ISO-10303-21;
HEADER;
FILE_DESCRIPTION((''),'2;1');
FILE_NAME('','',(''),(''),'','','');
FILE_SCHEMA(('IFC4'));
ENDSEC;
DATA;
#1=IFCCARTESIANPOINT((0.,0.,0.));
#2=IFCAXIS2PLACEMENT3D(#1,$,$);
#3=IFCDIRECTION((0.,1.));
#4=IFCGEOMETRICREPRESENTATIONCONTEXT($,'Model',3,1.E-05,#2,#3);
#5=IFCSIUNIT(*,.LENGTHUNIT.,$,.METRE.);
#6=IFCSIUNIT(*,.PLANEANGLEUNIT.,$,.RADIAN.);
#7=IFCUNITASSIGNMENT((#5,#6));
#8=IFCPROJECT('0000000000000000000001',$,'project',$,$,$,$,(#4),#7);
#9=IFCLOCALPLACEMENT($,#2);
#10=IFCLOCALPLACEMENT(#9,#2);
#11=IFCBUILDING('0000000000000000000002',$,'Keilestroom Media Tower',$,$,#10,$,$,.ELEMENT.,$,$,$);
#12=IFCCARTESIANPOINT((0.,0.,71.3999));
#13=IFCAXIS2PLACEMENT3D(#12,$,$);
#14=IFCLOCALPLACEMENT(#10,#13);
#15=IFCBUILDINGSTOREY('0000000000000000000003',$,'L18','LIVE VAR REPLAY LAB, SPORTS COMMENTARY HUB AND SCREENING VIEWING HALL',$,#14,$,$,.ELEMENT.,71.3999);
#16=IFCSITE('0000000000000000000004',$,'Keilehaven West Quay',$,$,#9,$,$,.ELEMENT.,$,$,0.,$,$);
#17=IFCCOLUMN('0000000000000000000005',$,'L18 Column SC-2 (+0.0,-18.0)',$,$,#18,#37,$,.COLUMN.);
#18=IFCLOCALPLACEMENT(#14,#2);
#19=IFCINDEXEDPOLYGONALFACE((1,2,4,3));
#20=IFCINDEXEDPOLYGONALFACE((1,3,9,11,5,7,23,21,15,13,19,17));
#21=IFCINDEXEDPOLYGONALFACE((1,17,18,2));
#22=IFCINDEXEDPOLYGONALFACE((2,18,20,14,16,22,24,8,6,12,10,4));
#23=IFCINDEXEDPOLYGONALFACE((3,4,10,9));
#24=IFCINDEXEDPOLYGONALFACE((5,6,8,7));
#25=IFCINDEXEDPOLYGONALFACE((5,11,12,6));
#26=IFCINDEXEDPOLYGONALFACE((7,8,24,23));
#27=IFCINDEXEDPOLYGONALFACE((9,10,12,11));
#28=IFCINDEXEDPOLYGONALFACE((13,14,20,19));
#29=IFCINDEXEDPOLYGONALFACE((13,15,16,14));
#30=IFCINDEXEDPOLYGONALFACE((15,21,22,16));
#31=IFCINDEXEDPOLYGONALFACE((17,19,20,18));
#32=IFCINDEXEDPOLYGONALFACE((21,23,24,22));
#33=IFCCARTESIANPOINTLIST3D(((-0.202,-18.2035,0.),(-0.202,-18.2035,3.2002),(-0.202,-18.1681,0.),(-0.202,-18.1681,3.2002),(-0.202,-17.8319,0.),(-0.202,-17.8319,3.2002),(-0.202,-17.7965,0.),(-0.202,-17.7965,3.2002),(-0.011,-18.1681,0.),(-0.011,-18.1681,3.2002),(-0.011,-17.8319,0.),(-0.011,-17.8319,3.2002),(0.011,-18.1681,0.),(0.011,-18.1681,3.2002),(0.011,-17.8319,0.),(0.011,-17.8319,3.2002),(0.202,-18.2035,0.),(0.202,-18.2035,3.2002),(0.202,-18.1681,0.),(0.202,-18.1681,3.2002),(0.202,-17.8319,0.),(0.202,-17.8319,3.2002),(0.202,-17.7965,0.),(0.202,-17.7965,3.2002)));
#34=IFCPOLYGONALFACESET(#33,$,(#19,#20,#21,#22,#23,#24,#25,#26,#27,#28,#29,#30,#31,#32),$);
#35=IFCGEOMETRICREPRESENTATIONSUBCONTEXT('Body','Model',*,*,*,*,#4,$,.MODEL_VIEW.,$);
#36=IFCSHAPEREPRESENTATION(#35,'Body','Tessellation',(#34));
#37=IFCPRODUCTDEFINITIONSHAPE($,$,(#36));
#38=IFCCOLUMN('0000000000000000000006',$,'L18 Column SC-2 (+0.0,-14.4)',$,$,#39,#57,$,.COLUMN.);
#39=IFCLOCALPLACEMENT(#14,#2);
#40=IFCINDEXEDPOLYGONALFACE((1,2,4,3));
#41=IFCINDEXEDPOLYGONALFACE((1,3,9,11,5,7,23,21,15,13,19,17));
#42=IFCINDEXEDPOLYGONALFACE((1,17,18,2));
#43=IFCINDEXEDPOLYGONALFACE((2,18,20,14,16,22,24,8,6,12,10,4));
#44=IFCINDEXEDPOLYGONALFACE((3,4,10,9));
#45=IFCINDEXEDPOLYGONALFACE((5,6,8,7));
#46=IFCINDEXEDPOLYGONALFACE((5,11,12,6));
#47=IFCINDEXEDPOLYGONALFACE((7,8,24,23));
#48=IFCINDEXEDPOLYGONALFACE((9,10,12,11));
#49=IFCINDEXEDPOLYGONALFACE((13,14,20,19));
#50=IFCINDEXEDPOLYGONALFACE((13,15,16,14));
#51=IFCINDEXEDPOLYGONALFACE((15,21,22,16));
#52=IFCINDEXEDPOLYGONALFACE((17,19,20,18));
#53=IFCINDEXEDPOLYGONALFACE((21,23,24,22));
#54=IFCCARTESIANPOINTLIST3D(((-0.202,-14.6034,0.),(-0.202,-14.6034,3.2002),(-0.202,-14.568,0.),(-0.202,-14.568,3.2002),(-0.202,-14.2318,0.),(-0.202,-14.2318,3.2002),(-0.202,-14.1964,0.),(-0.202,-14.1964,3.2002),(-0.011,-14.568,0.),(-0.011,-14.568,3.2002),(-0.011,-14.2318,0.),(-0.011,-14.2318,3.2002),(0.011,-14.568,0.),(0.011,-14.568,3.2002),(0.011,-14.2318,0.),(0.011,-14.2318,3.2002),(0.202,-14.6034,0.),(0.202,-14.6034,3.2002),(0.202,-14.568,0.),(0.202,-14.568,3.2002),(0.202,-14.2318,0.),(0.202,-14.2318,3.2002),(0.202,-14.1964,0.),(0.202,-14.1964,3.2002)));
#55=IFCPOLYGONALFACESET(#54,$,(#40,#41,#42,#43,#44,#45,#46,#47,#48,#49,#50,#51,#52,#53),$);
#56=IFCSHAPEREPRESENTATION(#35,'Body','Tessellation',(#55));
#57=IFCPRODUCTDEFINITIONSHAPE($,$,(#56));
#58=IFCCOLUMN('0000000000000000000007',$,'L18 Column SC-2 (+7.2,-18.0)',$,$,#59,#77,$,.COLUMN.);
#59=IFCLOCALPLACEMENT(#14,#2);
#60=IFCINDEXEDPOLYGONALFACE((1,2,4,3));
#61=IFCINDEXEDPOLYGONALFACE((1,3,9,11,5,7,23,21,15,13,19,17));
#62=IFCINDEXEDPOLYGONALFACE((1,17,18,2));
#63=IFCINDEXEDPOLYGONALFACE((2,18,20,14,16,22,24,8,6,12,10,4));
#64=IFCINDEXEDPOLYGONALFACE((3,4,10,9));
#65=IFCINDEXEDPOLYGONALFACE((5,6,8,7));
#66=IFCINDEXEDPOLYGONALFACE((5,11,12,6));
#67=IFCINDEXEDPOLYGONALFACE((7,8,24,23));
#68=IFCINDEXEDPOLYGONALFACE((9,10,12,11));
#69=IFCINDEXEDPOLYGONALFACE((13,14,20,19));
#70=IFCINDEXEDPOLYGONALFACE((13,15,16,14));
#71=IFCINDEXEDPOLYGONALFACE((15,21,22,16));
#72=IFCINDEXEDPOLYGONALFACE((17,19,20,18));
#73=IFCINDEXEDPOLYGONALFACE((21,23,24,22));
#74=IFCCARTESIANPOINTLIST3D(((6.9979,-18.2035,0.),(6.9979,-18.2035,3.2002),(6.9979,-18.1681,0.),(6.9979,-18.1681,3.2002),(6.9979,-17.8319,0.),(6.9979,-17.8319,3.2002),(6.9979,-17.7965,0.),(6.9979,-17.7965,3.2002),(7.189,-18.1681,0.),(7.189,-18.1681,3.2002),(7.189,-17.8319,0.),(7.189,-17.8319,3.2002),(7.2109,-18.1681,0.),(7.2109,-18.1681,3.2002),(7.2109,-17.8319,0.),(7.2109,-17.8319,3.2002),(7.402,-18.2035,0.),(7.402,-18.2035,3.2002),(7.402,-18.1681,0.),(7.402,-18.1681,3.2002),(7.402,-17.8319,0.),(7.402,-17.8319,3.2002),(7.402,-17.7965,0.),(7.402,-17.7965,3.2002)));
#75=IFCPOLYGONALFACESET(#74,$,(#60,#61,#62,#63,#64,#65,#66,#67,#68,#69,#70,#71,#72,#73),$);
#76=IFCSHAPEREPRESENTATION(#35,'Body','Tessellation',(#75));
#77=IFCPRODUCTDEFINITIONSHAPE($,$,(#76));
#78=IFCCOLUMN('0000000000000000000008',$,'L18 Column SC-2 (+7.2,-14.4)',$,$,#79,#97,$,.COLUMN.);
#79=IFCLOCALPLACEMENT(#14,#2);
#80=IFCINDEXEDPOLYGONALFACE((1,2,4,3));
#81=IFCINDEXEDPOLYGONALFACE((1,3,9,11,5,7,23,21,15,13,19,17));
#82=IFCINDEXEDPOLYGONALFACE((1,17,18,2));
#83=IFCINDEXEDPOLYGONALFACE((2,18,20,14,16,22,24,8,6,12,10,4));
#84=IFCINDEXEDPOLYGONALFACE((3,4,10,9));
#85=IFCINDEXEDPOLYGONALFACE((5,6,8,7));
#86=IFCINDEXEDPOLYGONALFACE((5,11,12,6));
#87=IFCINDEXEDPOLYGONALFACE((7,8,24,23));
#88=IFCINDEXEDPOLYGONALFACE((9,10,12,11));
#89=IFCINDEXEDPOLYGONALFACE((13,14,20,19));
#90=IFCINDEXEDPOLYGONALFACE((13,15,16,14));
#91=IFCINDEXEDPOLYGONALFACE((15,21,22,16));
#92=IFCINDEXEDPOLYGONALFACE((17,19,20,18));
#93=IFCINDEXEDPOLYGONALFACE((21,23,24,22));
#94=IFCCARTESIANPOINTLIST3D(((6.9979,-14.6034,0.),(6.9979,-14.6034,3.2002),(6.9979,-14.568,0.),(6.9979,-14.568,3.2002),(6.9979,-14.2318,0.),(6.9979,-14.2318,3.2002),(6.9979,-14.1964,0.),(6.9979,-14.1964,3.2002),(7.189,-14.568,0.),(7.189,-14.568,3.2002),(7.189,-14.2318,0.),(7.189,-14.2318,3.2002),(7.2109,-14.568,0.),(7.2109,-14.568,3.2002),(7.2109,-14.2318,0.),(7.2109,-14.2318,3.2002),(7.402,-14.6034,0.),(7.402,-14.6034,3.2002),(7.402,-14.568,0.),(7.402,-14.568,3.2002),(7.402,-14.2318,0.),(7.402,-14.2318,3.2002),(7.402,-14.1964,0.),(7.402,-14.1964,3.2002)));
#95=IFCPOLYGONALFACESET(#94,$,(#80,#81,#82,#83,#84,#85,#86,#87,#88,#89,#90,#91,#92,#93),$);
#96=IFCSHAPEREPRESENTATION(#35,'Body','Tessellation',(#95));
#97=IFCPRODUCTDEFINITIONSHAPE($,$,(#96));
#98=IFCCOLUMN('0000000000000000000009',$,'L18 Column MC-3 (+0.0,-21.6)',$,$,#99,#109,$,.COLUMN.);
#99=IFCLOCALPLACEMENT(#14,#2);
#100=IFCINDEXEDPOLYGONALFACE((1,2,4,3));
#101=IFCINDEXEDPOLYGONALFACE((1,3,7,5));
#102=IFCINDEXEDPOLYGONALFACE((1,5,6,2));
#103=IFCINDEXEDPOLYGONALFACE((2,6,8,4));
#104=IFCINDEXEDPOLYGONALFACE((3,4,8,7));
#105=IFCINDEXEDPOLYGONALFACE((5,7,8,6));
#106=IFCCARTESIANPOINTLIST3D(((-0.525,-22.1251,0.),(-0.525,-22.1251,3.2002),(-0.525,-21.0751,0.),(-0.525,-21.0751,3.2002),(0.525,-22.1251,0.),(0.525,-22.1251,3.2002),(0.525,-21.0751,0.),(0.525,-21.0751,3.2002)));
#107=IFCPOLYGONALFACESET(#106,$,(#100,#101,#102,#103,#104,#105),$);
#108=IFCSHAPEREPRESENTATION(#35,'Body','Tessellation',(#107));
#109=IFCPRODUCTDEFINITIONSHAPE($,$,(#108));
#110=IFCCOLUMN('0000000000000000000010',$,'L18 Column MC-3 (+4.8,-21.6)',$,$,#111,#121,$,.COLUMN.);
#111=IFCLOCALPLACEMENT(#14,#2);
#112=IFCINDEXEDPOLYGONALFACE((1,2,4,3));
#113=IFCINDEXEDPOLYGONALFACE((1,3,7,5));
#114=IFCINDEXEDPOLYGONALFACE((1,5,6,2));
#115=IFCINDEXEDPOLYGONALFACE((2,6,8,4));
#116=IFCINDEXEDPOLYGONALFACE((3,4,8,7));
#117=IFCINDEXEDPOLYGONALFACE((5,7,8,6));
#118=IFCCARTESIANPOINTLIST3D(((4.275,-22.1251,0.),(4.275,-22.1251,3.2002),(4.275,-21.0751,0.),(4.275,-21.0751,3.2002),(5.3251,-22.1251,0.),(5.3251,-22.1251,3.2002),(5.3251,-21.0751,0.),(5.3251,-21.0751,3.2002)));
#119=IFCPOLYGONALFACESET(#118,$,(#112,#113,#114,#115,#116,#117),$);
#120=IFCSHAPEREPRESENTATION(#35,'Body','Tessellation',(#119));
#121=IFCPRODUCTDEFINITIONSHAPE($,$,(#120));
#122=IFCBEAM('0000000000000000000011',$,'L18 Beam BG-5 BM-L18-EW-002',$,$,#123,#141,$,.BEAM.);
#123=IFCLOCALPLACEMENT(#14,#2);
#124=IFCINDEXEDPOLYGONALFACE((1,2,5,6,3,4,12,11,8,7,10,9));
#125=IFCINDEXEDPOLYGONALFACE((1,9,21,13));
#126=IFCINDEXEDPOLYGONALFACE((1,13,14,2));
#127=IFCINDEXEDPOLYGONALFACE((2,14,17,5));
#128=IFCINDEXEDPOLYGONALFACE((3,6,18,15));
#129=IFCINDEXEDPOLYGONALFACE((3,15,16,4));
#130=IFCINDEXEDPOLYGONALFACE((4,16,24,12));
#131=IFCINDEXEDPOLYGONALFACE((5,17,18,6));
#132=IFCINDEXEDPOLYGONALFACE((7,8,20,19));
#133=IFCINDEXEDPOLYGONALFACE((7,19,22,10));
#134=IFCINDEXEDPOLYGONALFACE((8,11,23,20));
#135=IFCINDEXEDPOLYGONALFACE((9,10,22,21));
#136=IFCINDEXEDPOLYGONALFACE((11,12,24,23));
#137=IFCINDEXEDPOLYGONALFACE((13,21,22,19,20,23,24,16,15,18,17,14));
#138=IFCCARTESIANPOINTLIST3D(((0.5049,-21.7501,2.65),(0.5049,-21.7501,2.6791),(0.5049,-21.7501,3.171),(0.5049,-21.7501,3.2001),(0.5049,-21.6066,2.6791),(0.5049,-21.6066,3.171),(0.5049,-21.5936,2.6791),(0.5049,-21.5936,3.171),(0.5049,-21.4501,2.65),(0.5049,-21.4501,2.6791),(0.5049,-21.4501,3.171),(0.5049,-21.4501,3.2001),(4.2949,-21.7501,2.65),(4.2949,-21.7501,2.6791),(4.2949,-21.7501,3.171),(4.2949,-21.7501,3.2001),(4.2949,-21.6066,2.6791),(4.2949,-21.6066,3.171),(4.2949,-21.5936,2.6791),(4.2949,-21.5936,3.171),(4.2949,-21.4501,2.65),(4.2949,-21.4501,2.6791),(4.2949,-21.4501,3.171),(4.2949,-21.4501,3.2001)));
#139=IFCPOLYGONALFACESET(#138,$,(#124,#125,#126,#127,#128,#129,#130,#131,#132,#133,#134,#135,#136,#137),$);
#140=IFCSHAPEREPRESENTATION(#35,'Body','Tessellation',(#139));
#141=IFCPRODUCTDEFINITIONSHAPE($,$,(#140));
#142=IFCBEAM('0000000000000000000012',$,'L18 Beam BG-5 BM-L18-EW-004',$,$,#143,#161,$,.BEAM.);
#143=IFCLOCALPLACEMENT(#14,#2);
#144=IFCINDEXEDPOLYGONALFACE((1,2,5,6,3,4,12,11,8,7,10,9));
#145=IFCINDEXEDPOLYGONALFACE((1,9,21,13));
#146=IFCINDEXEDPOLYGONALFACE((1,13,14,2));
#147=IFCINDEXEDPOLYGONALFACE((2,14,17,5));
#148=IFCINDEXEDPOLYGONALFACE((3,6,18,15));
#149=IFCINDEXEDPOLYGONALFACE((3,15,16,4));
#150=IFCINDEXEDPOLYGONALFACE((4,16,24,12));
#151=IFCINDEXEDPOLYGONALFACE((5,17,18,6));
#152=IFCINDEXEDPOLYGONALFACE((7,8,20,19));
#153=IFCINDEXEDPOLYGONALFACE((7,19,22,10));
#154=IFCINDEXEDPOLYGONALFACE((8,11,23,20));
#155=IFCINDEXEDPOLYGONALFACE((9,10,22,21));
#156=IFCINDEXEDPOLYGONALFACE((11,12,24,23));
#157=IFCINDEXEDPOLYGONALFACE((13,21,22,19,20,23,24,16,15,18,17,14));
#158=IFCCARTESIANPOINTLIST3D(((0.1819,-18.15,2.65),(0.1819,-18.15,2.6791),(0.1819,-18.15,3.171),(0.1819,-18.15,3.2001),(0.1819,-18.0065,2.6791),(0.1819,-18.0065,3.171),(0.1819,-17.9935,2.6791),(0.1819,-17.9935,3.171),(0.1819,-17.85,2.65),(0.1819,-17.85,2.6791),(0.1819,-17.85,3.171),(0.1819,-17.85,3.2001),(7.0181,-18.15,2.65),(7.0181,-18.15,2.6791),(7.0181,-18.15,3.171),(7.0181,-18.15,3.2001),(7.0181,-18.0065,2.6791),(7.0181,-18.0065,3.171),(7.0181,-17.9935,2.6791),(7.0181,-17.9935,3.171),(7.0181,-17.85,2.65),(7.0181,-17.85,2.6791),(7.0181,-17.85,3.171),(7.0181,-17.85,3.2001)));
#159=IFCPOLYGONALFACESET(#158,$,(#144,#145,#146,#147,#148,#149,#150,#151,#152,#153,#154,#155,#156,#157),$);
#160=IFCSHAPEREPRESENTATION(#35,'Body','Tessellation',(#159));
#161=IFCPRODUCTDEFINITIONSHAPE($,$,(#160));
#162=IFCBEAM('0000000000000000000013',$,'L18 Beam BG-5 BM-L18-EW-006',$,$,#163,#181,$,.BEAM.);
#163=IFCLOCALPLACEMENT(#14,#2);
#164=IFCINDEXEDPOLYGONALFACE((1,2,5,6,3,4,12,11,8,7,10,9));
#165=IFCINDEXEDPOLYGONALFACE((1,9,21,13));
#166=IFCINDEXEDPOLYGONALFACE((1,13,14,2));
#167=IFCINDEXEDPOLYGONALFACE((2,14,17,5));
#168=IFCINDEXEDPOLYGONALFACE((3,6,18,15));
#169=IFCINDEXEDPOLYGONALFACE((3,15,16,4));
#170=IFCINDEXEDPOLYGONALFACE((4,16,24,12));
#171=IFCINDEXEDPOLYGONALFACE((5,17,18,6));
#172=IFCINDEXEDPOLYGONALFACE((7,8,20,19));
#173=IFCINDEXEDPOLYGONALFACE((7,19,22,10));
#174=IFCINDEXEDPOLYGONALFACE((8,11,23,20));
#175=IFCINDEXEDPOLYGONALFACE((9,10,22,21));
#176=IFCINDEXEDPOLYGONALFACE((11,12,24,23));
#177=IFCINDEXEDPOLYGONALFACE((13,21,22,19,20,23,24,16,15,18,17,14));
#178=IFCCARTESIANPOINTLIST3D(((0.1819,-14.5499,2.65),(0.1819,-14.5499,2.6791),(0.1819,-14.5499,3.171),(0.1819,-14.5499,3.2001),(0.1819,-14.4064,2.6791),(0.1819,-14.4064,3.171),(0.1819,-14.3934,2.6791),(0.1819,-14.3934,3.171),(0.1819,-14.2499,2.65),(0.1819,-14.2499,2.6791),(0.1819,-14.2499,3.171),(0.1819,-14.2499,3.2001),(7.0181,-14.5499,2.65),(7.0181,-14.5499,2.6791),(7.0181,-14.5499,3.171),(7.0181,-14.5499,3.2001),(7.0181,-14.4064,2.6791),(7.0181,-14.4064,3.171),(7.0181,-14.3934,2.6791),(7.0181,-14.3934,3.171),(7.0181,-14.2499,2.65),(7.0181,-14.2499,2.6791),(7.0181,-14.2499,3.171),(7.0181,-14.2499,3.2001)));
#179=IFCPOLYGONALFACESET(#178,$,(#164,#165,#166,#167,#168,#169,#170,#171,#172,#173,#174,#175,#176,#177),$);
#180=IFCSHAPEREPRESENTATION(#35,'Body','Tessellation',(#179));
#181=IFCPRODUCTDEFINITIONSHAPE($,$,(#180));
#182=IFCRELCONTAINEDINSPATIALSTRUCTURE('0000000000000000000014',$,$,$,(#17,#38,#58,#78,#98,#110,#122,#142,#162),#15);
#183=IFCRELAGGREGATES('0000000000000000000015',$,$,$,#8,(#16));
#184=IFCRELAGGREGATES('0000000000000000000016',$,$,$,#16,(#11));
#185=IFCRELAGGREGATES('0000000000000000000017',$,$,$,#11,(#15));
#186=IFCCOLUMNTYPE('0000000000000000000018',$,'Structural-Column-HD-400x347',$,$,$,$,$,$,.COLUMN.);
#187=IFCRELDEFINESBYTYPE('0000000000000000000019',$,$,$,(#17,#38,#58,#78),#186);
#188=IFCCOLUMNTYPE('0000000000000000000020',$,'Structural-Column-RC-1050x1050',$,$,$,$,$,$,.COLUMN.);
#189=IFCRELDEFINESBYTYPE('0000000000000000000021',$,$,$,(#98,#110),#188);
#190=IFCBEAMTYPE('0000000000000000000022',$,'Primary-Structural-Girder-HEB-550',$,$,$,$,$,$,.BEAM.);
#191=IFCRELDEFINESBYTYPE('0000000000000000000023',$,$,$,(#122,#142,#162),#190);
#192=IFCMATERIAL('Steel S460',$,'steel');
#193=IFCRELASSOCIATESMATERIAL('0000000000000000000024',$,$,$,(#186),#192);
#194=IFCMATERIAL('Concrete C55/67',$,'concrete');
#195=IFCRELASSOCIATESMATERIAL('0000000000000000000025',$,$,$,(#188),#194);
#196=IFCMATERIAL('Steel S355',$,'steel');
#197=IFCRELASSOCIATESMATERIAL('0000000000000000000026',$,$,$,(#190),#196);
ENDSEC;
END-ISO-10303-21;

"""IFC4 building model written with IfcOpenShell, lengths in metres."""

from ifc_helpers import new_model, si_unit, direction, frame, origin, origin_2d, place, context, subcontext, project, spatial, rectangle, i_section, extrude, source, transform, mapped, material, material_profile, profile_set, type_object, element, save


model = new_model("IFC4")

# Units and contexts
model_context = context("Model", 3, precision=1e-05, world=origin(), true_north=direction((0.0, 1.0)))
body_context = subcontext(model_context, "Body", "Model", "MODEL_VIEW")
ifc_project = project(units=[si_unit("LENGTHUNIT", "METRE"), si_unit("PLANEANGLEUNIT", "RADIAN")], contexts=[model_context])

# Site, building, storey
site_placement = place(None, origin())
site = spatial("IfcSite", under=ifc_project, at=site_placement, Name="Keilehaven West Quay", CompositionType="ELEMENT", RefElevation=0.0)
building_placement = place(site_placement, origin())
building = spatial("IfcBuilding", under=site, at=building_placement, Name="Keilestroom Media Tower", CompositionType="ELEMENT")
storey_placement = place(building_placement, frame((0.0, 0.0, 71.3999)))
storey = spatial("IfcBuildingStorey", under=building, at=storey_placement, Name="L18", Description="LIVE VAR REPLAY LAB, SPORTS COMMENTARY HUB AND SCREENING VIEWING HALL", CompositionType="ELEMENT", Elevation=71.3999)

# Columns
ifc_material_1 = material(Name="Steel S460", Category="steel")
ifc_material_profile_1 = material_profile(ifc_material_1, i_section(OverallWidth=0.4041, OverallDepth=0.407, WebThickness=0.022, FlangeThickness=0.0354, at=origin_2d()), Name="HD 400x347")
ifc_profile_set_1 = profile_set([ifc_material_profile_1], Name="Steel S460")
column_type_1 = type_object("IfcColumnType", Name="Structural-Column-HD-400x347", PredefinedType="COLUMN", material=ifc_profile_set_1)
shared_shape_1 = source(origin(), body_context, "Body", "SweptSolid", [
    extrude(i_section(OverallWidth=0.4041, OverallDepth=0.407, WebThickness=0.022, FlangeThickness=0.0354, at=origin_2d()), origin(), (0.0, 0.0, 1.0), 3.2002),
])
for number, where, z_axis, x_axis, name in (
    (1, (0.0, -18.0, 0.0), (0.0, 0.0, 1.0), (1.0, 0.0, 0.0), "L18 Column SC-2 (+0.0,-18.0)"),
    (2, (0.0, -14.3999, 0.0), (0.0, 0.0, 1.0), (1.0, 0.0, 0.0), "L18 Column SC-2 (+0.0,-14.4)"),
    (3, (7.2, -18.0, 0.0), (0.0, 0.0, 1.0), (1.0, 0.0, 0.0), "L18 Column SC-2 (+7.2,-18.0)"),
    (4, (7.2, -14.3999, 0.0), (0.0, 0.0, 1.0), (1.0, 0.0, 0.0), "L18 Column SC-2 (+7.2,-14.4)"),
):
    element("IfcColumn", number, at=place(storey_placement, frame(where, z_axis=z_axis, x_axis=x_axis)), inside=storey, type_object=column_type_1, Name=name, PredefinedType="COLUMN", context=body_context, shape_type="MappedRepresentation", body=[
        mapped(shared_shape_1, transform((0.0, 0.0, 0.0), x_axis=(1.0, 0.0, 0.0), y_axis=(0.0, 1.0, 0.0), z_axis=(0.0, 0.0, 1.0), scale=1.0)),
    ])
ifc_material_2 = material(Name="Concrete C55/67", Category="concrete")
ifc_material_profile_2 = material_profile(ifc_material_2, rectangle(XDim=1.05, YDim=1.05, at=origin_2d()), Name="RC 1050x1050")
ifc_profile_set_2 = profile_set([ifc_material_profile_2], Name="Concrete C55/67")
column_type_2 = type_object("IfcColumnType", Name="Structural-Column-RC-1050x1050", PredefinedType="COLUMN", material=ifc_profile_set_2)
shared_shape_2 = source(origin(), body_context, "Body", "SweptSolid", [
    extrude(rectangle(XDim=1.05, YDim=1.05, at=origin_2d()), origin(), (0.0, 0.0, 1.0), 3.2002),
])
for number, where, z_axis, x_axis, name in (
    (5, (0.0, -21.6001, 0.0), (0.0, 0.0, 1.0), (1.0, 0.0, 0.0), "L18 Column MC-3 (+0.0,-21.6)"),
    (6, (4.8, -21.6001, 0.0), (0.0, 0.0, 1.0), (1.0, 0.0, 0.0), "L18 Column MC-3 (+4.8,-21.6)"),
):
    element("IfcColumn", number, at=place(storey_placement, frame(where, z_axis=z_axis, x_axis=x_axis)), inside=storey, type_object=column_type_2, Name=name, PredefinedType="COLUMN", context=body_context, shape_type="MappedRepresentation", body=[
        mapped(shared_shape_2, transform((0.0, 0.0, 0.0), x_axis=(1.0, 0.0, 0.0), y_axis=(0.0, 1.0, 0.0), z_axis=(0.0, 0.0, 1.0), scale=1.0)),
    ])

# Beams
ifc_material_3 = material(Name="Steel S355", Category="steel")
ifc_material_profile_3 = material_profile(ifc_material_3, i_section(OverallWidth=0.3, OverallDepth=0.55, WebThickness=0.0129, FlangeThickness=0.0291, at=origin_2d()), Name="HEB 550")
ifc_profile_set_3 = profile_set([ifc_material_profile_3], Name="Steel S355")
beam_type_1 = type_object("IfcBeamType", Name="Primary-Structural-Girder-HEB-550", PredefinedType="BEAM", material=ifc_profile_set_3)
shared_shape_3 = source(origin(), body_context, "Body", "SweptSolid", [
    extrude(i_section(OverallWidth=0.3, OverallDepth=0.55, WebThickness=0.0129, FlangeThickness=0.0291, at=origin_2d()), origin(), (0.0, 0.0, 1.0), 3.79),
])
beam_1_placement = place(storey_placement, frame((0.5049, -21.6001, 2.925), z_axis=(1.0, 0.0, 0.0), x_axis=(0.0, 1.0, 0.0)))
element("IfcBeam", 7, at=beam_1_placement, inside=storey, type_object=beam_type_1, Name="L18 Beam BG-5 BM-L18-EW-002", PredefinedType="BEAM", context=body_context, shape_type="MappedRepresentation", body=[
    mapped(shared_shape_3, transform((0.0, 0.0, 0.0), x_axis=(1.0, 0.0, 0.0), y_axis=(0.0, 1.0, 0.0), z_axis=(0.0, 0.0, 1.0), scale=1.0)),
])
shared_shape_4 = source(origin(), body_context, "Body", "SweptSolid", [
    extrude(i_section(OverallWidth=0.3, OverallDepth=0.55, WebThickness=0.0129, FlangeThickness=0.0291, at=origin_2d()), origin(), (0.0, 0.0, 1.0), 6.8362),
])
for number, where, z_axis, x_axis, name in (
    (8, (0.1819, -18.0, 2.925), (1.0, 0.0, 0.0), (0.0, 1.0, 0.0), "L18 Beam BG-5 BM-L18-EW-004"),
    (9, (0.1819, -14.3999, 2.925), (1.0, 0.0, 0.0), (0.0, 1.0, 0.0), "L18 Beam BG-5 BM-L18-EW-006"),
):
    element("IfcBeam", number, at=place(storey_placement, frame(where, z_axis=z_axis, x_axis=x_axis)), inside=storey, type_object=beam_type_1, Name=name, PredefinedType="BEAM", context=body_context, shape_type="MappedRepresentation", body=[
        mapped(shared_shape_4, transform((0.0, 0.0, 0.0), x_axis=(1.0, 0.0, 0.0), y_axis=(0.0, 1.0, 0.0), z_axis=(0.0, 0.0, 1.0), scale=1.0)),
    ])

save(model, "model.ifc")
